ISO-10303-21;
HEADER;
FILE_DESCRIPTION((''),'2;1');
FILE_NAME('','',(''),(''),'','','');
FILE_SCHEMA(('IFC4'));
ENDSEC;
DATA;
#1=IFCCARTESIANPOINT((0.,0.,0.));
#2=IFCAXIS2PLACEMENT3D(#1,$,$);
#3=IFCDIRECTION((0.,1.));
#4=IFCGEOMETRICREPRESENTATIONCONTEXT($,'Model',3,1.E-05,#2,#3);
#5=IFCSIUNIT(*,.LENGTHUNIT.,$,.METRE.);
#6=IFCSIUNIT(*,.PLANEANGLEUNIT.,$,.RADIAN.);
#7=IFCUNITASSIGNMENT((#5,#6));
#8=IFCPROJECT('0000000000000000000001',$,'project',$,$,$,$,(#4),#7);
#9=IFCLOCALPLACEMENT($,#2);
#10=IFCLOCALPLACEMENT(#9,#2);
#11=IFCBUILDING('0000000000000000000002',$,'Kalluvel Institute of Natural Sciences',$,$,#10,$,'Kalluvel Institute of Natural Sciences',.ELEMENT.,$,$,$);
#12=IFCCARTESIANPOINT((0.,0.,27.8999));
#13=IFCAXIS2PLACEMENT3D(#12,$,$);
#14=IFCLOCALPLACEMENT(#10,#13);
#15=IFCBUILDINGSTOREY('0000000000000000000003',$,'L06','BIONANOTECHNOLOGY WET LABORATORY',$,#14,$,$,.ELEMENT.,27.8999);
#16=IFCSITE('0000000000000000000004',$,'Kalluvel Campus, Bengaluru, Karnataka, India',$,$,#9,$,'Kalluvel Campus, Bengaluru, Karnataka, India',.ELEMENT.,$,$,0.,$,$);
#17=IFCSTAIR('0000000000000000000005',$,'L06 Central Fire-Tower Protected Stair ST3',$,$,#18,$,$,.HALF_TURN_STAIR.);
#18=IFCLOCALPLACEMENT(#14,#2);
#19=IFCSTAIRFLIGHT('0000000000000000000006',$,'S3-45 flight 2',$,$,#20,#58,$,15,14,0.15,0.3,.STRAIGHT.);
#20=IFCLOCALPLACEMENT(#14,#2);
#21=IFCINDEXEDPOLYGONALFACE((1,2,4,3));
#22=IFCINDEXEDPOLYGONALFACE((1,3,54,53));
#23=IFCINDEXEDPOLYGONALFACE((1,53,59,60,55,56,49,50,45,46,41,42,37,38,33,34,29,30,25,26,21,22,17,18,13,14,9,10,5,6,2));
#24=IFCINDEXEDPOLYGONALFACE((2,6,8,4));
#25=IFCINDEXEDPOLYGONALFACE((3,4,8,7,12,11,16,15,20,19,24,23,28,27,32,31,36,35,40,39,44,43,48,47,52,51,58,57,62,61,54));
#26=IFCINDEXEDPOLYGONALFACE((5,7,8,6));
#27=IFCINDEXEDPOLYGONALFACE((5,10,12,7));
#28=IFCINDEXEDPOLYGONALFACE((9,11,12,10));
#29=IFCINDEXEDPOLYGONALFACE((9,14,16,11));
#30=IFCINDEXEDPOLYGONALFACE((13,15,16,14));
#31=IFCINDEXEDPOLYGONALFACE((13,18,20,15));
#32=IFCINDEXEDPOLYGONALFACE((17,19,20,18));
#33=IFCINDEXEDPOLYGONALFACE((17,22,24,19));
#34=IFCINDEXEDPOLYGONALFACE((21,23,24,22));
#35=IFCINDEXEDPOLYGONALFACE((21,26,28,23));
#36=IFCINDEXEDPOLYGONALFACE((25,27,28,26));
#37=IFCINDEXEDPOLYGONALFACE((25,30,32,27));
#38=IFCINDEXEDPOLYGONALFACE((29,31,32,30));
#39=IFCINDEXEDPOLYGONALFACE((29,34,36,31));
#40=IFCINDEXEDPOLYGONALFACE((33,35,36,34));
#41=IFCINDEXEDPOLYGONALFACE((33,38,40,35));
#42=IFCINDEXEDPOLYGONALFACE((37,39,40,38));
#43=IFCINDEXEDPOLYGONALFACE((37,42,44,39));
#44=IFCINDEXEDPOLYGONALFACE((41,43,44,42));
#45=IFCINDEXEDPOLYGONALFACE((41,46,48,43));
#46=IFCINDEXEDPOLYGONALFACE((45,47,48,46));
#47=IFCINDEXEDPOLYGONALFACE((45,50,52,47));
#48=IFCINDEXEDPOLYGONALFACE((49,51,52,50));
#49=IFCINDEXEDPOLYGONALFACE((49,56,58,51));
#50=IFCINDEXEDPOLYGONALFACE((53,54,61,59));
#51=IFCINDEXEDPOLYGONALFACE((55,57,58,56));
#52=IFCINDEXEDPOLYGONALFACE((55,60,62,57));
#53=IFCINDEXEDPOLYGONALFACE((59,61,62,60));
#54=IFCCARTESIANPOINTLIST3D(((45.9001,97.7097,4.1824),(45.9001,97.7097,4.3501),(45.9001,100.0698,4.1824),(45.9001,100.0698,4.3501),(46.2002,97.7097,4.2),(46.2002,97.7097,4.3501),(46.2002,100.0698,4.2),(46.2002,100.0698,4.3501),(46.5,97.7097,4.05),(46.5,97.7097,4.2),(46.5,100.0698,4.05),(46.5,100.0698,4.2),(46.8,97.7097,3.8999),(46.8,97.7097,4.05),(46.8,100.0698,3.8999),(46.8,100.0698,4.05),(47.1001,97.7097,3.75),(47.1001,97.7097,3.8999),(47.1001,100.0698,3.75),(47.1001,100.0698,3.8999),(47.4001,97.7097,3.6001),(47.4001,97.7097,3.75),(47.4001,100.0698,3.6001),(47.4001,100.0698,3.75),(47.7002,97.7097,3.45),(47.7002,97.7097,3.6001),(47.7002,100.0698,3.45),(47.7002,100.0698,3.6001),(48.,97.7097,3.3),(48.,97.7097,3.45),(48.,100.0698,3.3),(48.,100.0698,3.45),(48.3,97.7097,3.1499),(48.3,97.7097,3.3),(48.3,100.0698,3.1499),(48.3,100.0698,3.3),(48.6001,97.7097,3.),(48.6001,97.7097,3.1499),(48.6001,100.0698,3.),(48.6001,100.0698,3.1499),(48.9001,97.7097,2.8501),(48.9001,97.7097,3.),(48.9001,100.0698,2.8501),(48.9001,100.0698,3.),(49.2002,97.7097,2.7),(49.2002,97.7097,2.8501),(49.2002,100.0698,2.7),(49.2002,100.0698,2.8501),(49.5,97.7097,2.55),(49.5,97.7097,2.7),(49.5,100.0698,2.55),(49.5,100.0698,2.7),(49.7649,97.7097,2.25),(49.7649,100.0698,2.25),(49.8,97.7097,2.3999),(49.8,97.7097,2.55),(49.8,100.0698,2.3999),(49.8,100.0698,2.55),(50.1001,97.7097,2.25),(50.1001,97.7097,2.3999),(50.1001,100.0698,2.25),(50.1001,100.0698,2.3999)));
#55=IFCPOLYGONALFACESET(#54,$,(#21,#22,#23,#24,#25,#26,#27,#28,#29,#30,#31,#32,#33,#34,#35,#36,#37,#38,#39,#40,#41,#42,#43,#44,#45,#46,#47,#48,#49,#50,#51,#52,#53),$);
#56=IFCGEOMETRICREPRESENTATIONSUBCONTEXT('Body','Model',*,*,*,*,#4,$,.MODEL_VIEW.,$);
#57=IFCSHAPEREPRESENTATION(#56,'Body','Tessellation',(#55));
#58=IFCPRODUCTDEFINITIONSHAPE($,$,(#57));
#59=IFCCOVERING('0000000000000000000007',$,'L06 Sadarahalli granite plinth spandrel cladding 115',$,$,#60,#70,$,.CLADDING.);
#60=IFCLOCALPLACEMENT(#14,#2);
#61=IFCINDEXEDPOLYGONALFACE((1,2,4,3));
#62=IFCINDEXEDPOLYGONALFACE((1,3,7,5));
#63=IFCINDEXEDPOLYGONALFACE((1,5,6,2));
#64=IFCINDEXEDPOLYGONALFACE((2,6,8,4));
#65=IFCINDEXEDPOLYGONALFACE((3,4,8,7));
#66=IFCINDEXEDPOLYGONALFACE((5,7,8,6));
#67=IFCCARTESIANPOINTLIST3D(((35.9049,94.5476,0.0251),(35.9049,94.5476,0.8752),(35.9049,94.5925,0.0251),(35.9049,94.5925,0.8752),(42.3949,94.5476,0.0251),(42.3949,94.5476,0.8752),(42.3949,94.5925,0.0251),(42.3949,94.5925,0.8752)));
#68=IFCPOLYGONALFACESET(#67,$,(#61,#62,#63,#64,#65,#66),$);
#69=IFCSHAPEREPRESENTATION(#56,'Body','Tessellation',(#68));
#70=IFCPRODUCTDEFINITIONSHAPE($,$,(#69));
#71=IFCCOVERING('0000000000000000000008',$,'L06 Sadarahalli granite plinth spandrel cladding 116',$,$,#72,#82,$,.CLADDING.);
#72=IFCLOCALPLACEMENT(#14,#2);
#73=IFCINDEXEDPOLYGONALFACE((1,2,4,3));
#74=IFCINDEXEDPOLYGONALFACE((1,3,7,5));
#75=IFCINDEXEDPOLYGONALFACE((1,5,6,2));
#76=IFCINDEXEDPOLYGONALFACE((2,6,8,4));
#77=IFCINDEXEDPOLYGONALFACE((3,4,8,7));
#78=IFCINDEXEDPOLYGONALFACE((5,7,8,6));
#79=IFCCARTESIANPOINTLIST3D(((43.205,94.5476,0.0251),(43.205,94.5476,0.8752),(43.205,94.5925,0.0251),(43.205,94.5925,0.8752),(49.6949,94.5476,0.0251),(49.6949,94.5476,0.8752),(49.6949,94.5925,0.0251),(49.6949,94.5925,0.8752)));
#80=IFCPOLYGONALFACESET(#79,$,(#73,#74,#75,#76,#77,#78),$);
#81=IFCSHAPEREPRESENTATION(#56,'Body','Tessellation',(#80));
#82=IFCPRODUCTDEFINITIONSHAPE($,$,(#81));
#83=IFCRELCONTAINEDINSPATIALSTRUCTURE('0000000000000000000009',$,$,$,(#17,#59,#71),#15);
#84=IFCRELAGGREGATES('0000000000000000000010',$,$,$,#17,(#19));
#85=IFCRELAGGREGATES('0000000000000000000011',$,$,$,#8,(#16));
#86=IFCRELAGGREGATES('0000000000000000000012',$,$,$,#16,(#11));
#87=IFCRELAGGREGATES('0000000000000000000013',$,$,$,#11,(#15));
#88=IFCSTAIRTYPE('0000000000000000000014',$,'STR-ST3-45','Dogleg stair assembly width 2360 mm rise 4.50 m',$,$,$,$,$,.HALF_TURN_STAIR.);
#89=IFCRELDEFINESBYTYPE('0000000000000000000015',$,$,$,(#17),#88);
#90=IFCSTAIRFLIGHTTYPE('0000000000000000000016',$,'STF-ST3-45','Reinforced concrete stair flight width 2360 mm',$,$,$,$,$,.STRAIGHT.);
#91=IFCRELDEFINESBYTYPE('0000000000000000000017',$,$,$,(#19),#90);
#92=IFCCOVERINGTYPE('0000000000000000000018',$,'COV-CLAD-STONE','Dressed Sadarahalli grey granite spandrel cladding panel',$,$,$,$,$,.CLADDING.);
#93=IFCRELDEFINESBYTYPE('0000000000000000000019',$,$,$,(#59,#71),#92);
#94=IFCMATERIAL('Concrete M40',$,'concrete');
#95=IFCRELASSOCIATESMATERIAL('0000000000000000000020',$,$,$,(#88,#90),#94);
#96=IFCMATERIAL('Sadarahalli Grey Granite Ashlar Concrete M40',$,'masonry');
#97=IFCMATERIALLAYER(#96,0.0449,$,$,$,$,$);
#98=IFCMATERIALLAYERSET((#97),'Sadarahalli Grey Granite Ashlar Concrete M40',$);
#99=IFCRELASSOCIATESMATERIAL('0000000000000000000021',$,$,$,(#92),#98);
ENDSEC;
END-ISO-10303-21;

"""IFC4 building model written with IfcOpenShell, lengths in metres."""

from ifc_helpers import new_model, si_unit, direction, frame, origin, origin_2d, place, context, subcontext, project, spatial, polyline, rectangle, outline, extrude, material, layer, layer_set, type_object, element, aggregate, save


model = new_model("IFC4")

# Units and contexts
model_context = context("Model", 3, precision=1e-05, world=origin(), true_north=direction((0.0, 1.0)))
body_context = subcontext(model_context, "Body", "Model", "MODEL_VIEW")
ifc_project = project(units=[si_unit("LENGTHUNIT", "METRE"), si_unit("PLANEANGLEUNIT", "RADIAN")], contexts=[model_context])

# Site, building, storey
site_placement = place(None, origin())
site = spatial("IfcSite", under=ifc_project, at=site_placement, Name="Kalluvel Campus, Bengaluru, Karnataka, India", LongName="Kalluvel Campus, Bengaluru, Karnataka, India", CompositionType="ELEMENT", RefElevation=0.0)
building_placement = place(site_placement, origin())
building = spatial("IfcBuilding", under=site, at=building_placement, Name="Kalluvel Institute of Natural Sciences", LongName="Kalluvel Institute of Natural Sciences", CompositionType="ELEMENT")
storey_placement = place(building_placement, frame((0.0, 0.0, 27.8999)))
storey = spatial("IfcBuildingStorey", under=building, at=storey_placement, Name="L06", Description="BIONANOTECHNOLOGY WET LABORATORY", CompositionType="ELEMENT", Elevation=27.8999)

# Shared definitions
ifc_material_1 = material(Name="Concrete M40", Category="concrete")

# Shared definitions
ifc_material_2 = material(Name="Sadarahalli Grey Granite Ashlar Concrete M40", Category="masonry")

# Stair, stair flight
stair_type = type_object("IfcStairType", Name="STR-ST3-45", Description="Dogleg stair assembly width 2360 mm rise 4.50 m", PredefinedType="HALF_TURN_STAIR", material=ifc_material_1)
stair_placement = place(storey_placement, origin())
stair = element("IfcStair", 1, at=stair_placement, inside=storey, type_object=stair_type, Name="L06 Central Fire-Tower Protected Stair ST3", PredefinedType="HALF_TURN_STAIR")
stair_flight_type = type_object("IfcStairFlightType", Name="STF-ST3-45", Description="Reinforced concrete stair flight width 2360 mm", PredefinedType="STRAIGHT", material=ifc_material_1)
stair_flight_1_placement = place(storey_placement, frame((50.1001, 98.8899, 2.25), z_axis=(0.0, 0.0, 1.0), x_axis=(-1.0, 0.0, 0.0)))
stair_flight_1 = element("IfcStairFlight", 2, at=stair_flight_1_placement, type_object=stair_flight_type, Name="S3-45 flight 2", NumberOfRisers=15, NumberOfTreads=14, PredefinedType="STRAIGHT", RiserHeight=0.15, TreadLength=0.3, context=body_context, shape_type="SweptSolid", body=[
    extrude(outline(polyline([(0.0, 0.0), (0.0, 0.1499), (0.3, 0.1499), (0.3, 0.3), (0.6001, 0.3), (0.6001, 0.45), (0.8999, 0.45), (0.8999, 0.6001), (1.2, 0.6001), (1.2, 0.75), (1.5, 0.75), (1.5, 0.8999), (1.8, 0.8999), (1.8, 1.05), (2.1001, 1.05), (2.1001, 1.2), (2.3999, 1.2), (2.3999, 1.3501), (2.7, 1.3501), (2.7, 1.5), (3.0, 1.5), (3.0, 1.6499), (3.3, 1.6499), (3.3, 1.8), (3.6001, 1.8), (3.6001, 1.95), (3.8999, 1.95), (3.8999, 2.1001), (4.2, 2.1001), (4.2, 2.25), (4.2, 1.9324), (0.3352, 0.0), (0.0, 0.0)])), frame((0.0, 1.1802, 0.0), z_axis=(0.0, -1.0, 0.0), x_axis=(1.0, 0.0, 0.0)), (0.0, 0.0, 1.0), 2.3601),
])
aggregate(stair, [stair_flight_1])

# Coverings
ifc_layer_1 = layer(ifc_material_2, 0.0449)
ifc_layer_set_1 = layer_set([ifc_layer_1], Name="Sadarahalli Grey Granite Ashlar Concrete M40")
covering_type = type_object("IfcCoveringType", Name="COV-CLAD-STONE", Description="Dressed Sadarahalli grey granite spandrel cladding panel", PredefinedType="CLADDING", material=ifc_layer_set_1)
for number, where, z_axis, x_axis, name in (
    (3, (39.1499, 94.5701, 0.0251), (0.0, 0.0, 1.0), (1.0, 0.0, 0.0), "L06 Sadarahalli granite plinth spandrel cladding 115"),
    (4, (46.45, 94.5701, 0.0251), (0.0, 0.0, 1.0), (1.0, 0.0, 0.0), "L06 Sadarahalli granite plinth spandrel cladding 116"),
):
    element("IfcCovering", number, at=place(storey_placement, frame(where, z_axis=z_axis, x_axis=x_axis)), inside=storey, type_object=covering_type, Name=name, PredefinedType="CLADDING", context=body_context, shape_type="SweptSolid", body=[
        extrude(rectangle(XDim=6.49, YDim=0.0449, at=origin_2d()), origin(), (0.0, 0.0, 1.0), 0.8501),
    ])

save(model, "model.ifc")
